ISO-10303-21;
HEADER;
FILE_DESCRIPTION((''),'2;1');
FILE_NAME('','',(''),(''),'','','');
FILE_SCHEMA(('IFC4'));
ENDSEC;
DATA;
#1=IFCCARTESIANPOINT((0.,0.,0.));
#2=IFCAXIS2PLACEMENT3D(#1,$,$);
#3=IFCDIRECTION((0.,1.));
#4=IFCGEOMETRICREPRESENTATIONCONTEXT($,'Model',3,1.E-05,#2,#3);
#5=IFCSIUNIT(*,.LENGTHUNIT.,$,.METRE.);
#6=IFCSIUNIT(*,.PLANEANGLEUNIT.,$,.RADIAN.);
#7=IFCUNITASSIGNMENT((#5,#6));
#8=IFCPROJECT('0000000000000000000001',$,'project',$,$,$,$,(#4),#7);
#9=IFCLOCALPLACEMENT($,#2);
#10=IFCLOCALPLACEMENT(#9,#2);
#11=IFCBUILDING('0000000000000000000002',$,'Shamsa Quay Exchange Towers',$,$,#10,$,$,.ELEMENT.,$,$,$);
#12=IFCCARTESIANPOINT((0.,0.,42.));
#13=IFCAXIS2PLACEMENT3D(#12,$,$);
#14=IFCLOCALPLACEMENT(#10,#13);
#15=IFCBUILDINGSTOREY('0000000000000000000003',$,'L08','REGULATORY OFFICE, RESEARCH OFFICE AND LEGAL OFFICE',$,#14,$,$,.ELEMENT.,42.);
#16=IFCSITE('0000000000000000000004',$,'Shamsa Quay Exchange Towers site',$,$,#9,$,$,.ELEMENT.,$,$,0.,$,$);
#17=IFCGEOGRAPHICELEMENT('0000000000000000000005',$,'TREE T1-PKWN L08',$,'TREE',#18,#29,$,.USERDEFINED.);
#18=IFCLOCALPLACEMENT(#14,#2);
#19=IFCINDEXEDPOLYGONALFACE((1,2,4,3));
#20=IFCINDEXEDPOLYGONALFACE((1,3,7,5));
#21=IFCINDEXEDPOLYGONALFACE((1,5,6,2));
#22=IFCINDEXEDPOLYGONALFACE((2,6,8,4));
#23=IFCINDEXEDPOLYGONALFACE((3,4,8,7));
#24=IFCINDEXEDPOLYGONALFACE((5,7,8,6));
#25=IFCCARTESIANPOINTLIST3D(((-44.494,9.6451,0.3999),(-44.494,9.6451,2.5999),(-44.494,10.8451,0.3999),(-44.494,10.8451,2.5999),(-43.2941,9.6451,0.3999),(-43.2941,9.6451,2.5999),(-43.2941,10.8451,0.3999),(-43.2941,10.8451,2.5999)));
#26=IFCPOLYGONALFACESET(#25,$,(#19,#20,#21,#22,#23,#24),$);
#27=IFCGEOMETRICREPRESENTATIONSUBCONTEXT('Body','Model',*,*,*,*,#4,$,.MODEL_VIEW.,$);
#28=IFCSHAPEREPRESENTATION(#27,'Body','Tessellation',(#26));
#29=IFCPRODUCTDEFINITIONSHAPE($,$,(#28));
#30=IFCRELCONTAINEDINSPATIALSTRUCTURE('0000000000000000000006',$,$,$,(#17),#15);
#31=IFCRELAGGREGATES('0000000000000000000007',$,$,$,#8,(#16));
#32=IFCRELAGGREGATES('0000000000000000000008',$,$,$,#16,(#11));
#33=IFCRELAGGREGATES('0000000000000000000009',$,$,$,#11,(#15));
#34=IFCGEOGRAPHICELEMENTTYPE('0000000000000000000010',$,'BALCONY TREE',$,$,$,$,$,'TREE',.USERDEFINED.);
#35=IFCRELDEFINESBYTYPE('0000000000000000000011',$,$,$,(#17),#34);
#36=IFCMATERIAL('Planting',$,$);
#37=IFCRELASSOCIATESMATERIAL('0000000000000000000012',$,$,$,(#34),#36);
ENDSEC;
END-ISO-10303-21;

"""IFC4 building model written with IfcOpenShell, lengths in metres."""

from ifc_helpers import new_model, si_unit, direction, frame, origin, origin_2d, place, context, subcontext, project, spatial, rectangle, extrude, material, type_object, element, save


model = new_model("IFC4")

# Units and contexts
model_context = context("Model", 3, precision=1e-05, world=origin(), true_north=direction((0.0, 1.0)))
body_context = subcontext(model_context, "Body", "Model", "MODEL_VIEW")
ifc_project = project(units=[si_unit("LENGTHUNIT", "METRE"), si_unit("PLANEANGLEUNIT", "RADIAN")], contexts=[model_context])

# Site, building, storey
site_placement = place(None, origin())
site = spatial("IfcSite", under=ifc_project, at=site_placement, Name="Shamsa Quay Exchange Towers site", CompositionType="ELEMENT", RefElevation=0.0)
building_placement = place(site_placement, origin())
building = spatial("IfcBuilding", under=site, at=building_placement, Name="Shamsa Quay Exchange Towers", CompositionType="ELEMENT")
storey_placement = place(building_placement, frame((0.0, 0.0, 42.0)))
storey = spatial("IfcBuildingStorey", under=building, at=storey_placement, Name="L08", Description="REGULATORY OFFICE, RESEARCH OFFICE AND LEGAL OFFICE", CompositionType="ELEMENT", Elevation=42.0)

# Geographic element
ifc_material_1 = material(Name="Planting")
geographic_element_type = type_object("IfcGeographicElementType", Name="BALCONY TREE", ElementType="TREE", PredefinedType="USERDEFINED", material=ifc_material_1)
geographic_element_placement = place(storey_placement, frame((-43.894, 10.2451, 0.3999), z_axis=(0.0, 0.0, 1.0), x_axis=(-1.0, 0.0, 0.0)))
element("IfcGeographicElement", 1, at=geographic_element_placement, inside=storey, type_object=geographic_element_type, Name="TREE T1-PKWN L08", ObjectType="TREE", PredefinedType="USERDEFINED", context=body_context, shape_type="SweptSolid", body=[
    extrude(rectangle(XDim=1.2, YDim=1.2, at=origin_2d()), origin(), (0.0, 0.0, 1.0), 2.2),
])

save(model, "model.ifc")
